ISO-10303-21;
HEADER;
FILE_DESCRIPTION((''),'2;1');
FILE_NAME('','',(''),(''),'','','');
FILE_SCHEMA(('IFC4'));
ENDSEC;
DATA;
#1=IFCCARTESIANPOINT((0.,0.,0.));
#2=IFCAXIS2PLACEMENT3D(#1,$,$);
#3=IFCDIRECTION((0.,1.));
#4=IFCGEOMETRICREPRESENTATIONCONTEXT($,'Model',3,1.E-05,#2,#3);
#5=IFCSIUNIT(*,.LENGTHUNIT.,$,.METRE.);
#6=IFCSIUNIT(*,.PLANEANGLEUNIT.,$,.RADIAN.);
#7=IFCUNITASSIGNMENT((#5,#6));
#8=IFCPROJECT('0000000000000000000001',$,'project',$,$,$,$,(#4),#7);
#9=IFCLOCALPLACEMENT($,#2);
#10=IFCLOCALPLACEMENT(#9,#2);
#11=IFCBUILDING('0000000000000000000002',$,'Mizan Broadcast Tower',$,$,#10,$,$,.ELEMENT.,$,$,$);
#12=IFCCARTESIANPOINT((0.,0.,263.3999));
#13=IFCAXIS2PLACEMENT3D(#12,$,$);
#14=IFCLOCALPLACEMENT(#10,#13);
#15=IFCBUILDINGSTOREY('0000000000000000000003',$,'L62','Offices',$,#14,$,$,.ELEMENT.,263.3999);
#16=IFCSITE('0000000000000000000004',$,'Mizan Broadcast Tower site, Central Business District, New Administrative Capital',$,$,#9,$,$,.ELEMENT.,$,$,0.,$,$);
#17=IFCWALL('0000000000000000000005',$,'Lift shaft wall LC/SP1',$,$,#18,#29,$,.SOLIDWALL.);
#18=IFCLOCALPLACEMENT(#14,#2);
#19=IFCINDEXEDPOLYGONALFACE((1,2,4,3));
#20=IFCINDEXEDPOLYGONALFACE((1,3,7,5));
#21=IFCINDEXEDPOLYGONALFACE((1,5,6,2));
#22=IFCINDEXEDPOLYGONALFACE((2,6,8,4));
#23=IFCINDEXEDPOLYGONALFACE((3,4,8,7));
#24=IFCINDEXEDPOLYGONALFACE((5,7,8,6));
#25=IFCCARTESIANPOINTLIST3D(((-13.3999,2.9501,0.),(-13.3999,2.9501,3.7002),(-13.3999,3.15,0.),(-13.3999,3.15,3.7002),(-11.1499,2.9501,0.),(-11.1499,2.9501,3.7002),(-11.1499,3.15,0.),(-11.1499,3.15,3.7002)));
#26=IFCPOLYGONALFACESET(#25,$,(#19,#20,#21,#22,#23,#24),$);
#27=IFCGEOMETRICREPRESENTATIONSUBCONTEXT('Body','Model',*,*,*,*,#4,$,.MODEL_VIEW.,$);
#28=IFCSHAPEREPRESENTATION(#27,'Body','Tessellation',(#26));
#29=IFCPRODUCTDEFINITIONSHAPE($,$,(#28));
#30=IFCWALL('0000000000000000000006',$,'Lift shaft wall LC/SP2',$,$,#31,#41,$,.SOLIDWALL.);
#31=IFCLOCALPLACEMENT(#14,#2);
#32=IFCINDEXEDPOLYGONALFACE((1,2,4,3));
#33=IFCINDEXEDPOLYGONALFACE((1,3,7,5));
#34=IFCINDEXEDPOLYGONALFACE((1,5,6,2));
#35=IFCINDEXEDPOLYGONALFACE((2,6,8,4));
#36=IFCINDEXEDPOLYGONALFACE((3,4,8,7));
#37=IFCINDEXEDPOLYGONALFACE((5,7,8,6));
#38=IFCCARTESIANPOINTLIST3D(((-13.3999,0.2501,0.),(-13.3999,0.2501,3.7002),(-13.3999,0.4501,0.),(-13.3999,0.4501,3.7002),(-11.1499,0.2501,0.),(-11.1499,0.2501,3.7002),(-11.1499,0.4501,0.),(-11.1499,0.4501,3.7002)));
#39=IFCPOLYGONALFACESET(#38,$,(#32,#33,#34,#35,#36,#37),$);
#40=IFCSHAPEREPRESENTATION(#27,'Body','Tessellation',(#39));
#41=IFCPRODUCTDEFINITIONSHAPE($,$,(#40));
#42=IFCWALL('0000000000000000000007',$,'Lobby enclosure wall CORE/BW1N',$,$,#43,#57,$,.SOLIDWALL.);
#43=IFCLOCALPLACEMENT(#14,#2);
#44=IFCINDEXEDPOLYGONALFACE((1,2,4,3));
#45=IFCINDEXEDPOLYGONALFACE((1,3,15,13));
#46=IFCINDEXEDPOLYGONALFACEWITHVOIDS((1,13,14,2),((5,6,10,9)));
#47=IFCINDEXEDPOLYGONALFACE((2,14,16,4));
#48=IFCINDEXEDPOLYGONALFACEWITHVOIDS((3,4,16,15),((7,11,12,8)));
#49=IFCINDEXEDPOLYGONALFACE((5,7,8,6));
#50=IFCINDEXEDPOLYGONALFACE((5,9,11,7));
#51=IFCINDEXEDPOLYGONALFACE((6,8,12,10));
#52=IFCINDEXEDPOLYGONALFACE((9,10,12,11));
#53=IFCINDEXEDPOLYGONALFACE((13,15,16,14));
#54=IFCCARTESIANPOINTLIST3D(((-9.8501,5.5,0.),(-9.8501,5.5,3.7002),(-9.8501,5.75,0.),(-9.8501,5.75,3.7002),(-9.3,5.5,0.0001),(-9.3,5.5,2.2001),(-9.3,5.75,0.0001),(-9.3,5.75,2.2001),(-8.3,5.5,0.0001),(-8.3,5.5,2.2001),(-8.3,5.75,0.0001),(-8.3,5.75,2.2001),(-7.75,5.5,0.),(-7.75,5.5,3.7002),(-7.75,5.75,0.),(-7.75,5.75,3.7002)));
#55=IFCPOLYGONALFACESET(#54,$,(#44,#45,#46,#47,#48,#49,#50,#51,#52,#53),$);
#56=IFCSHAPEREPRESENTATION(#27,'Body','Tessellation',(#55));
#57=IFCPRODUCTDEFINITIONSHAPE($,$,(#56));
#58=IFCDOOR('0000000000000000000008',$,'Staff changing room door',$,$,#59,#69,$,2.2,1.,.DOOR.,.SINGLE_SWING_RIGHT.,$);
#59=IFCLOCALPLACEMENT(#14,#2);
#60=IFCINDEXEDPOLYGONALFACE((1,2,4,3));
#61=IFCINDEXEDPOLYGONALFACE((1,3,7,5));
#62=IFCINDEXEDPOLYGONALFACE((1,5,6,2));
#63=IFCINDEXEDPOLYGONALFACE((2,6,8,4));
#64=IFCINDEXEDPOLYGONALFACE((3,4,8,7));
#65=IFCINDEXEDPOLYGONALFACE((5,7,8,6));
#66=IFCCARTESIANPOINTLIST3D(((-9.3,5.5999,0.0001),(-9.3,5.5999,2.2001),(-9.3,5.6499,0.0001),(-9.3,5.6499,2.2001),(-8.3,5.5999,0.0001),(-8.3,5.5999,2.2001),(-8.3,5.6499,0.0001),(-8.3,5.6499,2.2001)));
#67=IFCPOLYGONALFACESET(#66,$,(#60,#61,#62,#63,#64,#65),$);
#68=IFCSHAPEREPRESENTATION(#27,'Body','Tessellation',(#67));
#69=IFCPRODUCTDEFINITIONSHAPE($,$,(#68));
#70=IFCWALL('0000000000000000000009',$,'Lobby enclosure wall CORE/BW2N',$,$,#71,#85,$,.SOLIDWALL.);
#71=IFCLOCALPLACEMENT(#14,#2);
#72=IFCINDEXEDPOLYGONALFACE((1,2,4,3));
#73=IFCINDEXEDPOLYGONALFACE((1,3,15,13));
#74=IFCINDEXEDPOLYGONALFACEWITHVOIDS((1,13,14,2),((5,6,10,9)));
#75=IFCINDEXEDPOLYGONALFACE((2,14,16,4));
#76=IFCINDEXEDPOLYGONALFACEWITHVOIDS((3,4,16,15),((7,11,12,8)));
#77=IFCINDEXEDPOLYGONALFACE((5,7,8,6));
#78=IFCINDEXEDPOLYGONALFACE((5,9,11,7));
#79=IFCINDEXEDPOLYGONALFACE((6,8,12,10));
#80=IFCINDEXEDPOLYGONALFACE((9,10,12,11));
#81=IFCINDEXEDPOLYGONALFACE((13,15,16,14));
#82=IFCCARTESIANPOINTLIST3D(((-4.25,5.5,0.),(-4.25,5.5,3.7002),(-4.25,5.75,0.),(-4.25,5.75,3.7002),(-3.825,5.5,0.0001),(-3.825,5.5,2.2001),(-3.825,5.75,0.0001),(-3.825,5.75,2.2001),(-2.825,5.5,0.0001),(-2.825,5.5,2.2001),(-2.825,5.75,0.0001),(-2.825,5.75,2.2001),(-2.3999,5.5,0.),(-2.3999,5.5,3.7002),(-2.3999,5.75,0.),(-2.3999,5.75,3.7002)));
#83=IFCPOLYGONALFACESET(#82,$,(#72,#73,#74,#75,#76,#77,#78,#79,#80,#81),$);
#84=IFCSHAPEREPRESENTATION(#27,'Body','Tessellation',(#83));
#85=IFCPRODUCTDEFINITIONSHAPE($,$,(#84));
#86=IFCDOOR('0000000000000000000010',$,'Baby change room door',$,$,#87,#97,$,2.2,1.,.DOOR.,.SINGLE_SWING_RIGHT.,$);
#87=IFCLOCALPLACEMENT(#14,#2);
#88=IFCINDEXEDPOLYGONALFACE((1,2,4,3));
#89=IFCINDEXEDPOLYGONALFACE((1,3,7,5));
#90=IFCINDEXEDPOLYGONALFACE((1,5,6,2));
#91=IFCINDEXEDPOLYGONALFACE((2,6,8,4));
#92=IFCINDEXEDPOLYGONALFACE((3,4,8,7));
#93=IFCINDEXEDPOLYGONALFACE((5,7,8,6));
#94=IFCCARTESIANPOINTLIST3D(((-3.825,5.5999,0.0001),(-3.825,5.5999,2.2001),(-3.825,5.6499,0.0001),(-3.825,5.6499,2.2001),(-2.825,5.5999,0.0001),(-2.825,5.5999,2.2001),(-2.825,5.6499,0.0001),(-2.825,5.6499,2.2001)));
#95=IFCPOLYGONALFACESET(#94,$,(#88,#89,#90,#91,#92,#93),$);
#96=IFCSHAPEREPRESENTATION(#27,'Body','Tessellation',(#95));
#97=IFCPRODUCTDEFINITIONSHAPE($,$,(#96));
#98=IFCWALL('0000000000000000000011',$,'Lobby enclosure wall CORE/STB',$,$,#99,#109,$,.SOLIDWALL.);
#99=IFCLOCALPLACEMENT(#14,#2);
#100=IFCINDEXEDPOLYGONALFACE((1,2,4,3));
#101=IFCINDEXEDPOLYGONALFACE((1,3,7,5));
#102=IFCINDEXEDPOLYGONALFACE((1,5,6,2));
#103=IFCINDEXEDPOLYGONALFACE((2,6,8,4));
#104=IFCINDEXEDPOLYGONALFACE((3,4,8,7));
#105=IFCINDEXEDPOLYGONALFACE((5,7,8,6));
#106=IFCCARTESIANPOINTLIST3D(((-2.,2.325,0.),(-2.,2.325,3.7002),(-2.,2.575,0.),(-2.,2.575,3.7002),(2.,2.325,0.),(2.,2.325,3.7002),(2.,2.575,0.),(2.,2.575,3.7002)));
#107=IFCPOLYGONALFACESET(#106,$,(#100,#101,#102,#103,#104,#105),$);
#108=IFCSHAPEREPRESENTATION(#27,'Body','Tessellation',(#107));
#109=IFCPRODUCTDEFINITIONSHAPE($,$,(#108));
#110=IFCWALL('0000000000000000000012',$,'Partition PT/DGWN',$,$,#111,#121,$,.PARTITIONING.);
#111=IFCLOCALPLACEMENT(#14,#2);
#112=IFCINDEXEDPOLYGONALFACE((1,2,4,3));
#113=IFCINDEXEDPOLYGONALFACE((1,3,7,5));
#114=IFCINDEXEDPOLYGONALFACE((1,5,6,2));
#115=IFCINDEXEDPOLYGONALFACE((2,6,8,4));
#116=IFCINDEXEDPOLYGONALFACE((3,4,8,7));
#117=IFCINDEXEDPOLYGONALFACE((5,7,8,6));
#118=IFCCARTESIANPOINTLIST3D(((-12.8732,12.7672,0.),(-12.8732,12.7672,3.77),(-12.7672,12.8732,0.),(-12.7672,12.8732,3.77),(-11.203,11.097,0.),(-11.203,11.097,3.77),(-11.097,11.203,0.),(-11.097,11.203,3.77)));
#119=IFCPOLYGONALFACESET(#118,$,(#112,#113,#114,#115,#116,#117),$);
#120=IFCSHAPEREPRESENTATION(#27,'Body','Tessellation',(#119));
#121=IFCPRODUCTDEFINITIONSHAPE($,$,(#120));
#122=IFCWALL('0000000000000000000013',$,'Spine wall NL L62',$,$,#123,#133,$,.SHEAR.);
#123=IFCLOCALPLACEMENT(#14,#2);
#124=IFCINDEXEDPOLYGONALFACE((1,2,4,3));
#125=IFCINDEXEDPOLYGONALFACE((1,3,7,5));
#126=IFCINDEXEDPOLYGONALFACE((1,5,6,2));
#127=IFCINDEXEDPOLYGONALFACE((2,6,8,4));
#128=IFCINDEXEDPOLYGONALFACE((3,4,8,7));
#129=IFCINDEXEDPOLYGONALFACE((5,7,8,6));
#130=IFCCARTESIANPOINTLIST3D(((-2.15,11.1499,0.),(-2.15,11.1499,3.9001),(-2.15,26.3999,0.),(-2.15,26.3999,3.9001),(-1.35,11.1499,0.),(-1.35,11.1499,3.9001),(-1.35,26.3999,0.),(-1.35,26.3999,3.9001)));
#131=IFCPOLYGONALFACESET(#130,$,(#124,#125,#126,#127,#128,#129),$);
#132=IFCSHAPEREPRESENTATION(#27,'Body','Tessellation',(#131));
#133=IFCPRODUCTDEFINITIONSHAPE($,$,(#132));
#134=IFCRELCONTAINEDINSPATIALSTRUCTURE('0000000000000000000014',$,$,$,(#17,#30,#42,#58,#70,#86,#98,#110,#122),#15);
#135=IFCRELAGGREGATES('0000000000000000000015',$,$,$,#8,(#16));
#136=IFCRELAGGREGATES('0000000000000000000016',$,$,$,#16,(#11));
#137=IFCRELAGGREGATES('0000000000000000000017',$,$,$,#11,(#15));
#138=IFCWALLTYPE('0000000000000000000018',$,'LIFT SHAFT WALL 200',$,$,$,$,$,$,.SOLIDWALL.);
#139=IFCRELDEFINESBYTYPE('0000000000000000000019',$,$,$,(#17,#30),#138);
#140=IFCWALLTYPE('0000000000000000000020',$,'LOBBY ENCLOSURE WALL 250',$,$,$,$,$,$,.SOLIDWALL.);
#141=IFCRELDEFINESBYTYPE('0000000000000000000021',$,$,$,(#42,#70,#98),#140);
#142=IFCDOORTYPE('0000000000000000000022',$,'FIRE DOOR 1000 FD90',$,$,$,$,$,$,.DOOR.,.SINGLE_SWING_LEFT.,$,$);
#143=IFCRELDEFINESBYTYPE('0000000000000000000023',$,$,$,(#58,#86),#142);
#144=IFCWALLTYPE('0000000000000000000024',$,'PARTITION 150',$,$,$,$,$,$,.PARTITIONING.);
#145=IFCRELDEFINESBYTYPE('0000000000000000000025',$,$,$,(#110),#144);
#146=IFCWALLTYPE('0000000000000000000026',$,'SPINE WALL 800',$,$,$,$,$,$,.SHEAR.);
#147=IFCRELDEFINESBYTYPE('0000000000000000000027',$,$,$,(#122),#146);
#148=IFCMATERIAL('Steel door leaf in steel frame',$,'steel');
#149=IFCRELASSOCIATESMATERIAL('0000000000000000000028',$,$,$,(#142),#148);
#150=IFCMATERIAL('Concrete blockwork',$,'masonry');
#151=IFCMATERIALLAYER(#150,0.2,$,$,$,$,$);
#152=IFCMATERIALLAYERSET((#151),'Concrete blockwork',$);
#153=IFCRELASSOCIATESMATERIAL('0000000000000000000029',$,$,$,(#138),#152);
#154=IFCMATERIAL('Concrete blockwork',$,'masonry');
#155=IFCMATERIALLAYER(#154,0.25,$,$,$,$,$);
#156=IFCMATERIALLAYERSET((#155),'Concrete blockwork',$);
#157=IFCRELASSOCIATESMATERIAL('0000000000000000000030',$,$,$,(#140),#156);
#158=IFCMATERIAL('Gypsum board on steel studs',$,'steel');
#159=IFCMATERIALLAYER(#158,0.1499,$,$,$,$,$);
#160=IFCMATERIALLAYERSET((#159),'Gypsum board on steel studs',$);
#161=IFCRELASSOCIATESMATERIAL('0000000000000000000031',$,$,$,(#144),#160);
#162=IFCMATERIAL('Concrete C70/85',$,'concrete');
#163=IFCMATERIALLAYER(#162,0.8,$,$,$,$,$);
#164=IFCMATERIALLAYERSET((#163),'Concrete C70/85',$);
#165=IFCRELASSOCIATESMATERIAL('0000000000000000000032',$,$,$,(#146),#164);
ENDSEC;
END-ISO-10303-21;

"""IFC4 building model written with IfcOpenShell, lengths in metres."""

from ifc_helpers import new_model, si_unit, direction, frame, frame_2d, origin, place, context, subcontext, project, spatial, rectangle, extrude, material, layer, layer_set, type_object, element, fill, save


model = new_model("IFC4")

# Units and contexts
model_context = context("Model", 3, precision=1e-05, world=origin(), true_north=direction((0.0, 1.0)))
body_context = subcontext(model_context, "Body", "Model", "MODEL_VIEW")
ifc_project = project(units=[si_unit("LENGTHUNIT", "METRE"), si_unit("PLANEANGLEUNIT", "RADIAN")], contexts=[model_context])

# Site, building, storey
site_placement = place(None, origin())
site = spatial("IfcSite", under=ifc_project, at=site_placement, Name="Mizan Broadcast Tower site, Central Business District, New Administrative Capital", CompositionType="ELEMENT", RefElevation=0.0)
building_placement = place(site_placement, origin())
building = spatial("IfcBuilding", under=site, at=building_placement, Name="Mizan Broadcast Tower", CompositionType="ELEMENT")
storey_placement = place(building_placement, frame((0.0, 0.0, 263.3999)))
storey = spatial("IfcBuildingStorey", under=building, at=storey_placement, Name="L62", Description="Offices", CompositionType="ELEMENT", Elevation=263.3999)

# Shared definitions
ifc_material_1 = material(Name="Steel door leaf in steel frame", Category="steel")
door_type_1 = type_object("IfcDoorType", Name="FIRE DOOR 1000 FD90", OperationType="SINGLE_SWING_LEFT", PredefinedType="DOOR", material=ifc_material_1)

# Walls
ifc_material_2 = material(Name="Concrete blockwork", Category="masonry")
ifc_layer_1 = layer(ifc_material_2, 0.2)
ifc_layer_set_1 = layer_set([ifc_layer_1], Name="Concrete blockwork")
wall_type_1 = type_object("IfcWallType", Name="LIFT SHAFT WALL 200", PredefinedType="SOLIDWALL", material=ifc_layer_set_1)
for number, where, z_axis, x_axis, name in (
    (1, (-11.1499, 3.05, 0.0), (0.0, 0.0, 1.0), (-1.0, 0.0, 0.0), "Lift shaft wall LC/SP1"),
    (2, (-11.1499, 0.3501, 0.0), (0.0, 0.0, 1.0), (-1.0, 0.0, 0.0), "Lift shaft wall LC/SP2"),
):
    element("IfcWall", number, at=place(storey_placement, frame(where, z_axis=z_axis, x_axis=x_axis)), inside=storey, type_object=wall_type_1, Name=name, PredefinedType="SOLIDWALL", context=body_context, shape_type="SweptSolid", body=[
        extrude(rectangle(XDim=2.25, YDim=0.2, at=frame_2d((1.125, 0.0))), origin(), (0.0, 0.0, 1.0), 3.7002),
    ])

# Walls, openings, doors
ifc_material_3 = material(Name="Concrete blockwork", Category="masonry")
ifc_layer_2 = layer(ifc_material_3, 0.25)
ifc_layer_set_2 = layer_set([ifc_layer_2], Name="Concrete blockwork")
wall_type_2 = type_object("IfcWallType", Name="LOBBY ENCLOSURE WALL 250", PredefinedType="SOLIDWALL", material=ifc_layer_set_2)
wall_1_placement = place(storey_placement, frame((-9.8501, 5.625, 0.0), z_axis=(0.0, 0.0, 1.0), x_axis=(1.0, 0.0, 0.0)))
wall_1 = element("IfcWall", 3, at=wall_1_placement, inside=storey, type_object=wall_type_2, Name="Lobby enclosure wall CORE/BW1N", PredefinedType="SOLIDWALL", context=body_context, shape_type="SweptSolid", body=[
    extrude(rectangle(XDim=2.1001, YDim=0.25, at=frame_2d((1.05, 0.0))), origin(), (0.0, 0.0, 1.0), 3.7002),
])
opening_1_placement = place(wall_1_placement, frame((0.55, 0.0, 0.0)))
opening_1 = element("IfcOpeningElement", 4, at=opening_1_placement, cuts=wall_1, PredefinedType="OPENING", context=body_context, shape_type="SweptSolid", body=[
    extrude(rectangle(XDim=1.0, YDim=2.2, at=frame_2d((0.5, 1.1001))), frame((0.0, 0.135, 0.0), z_axis=(0.0, -1.0, 0.0), x_axis=(1.0, 0.0, 0.0)), (0.0, 0.0, 1.0), 0.27),
])
door_1_placement = place(opening_1_placement, origin())
door_1 = element("IfcDoor", 5, at=door_1_placement, inside=storey, type_object=door_type_1, Name="Staff changing room door", OperationType="SINGLE_SWING_RIGHT", OverallHeight=2.2, OverallWidth=1.0, PredefinedType="DOOR", context=body_context, shape_type="SweptSolid", body=[
    extrude(rectangle(XDim=1.0, YDim=2.2, at=frame_2d((0.5, 1.1001))), frame((0.0, 0.0249, 0.0), z_axis=(0.0, -1.0, 0.0), x_axis=(1.0, 0.0, 0.0)), (0.0, 0.0, 1.0), 0.05),
])
fill(opening_1, door_1)
wall_2_placement = place(storey_placement, frame((-4.25, 5.625, 0.0), z_axis=(0.0, 0.0, 1.0), x_axis=(1.0, 0.0, 0.0)))
wall_2 = element("IfcWall", 6, at=wall_2_placement, inside=storey, type_object=wall_type_2, Name="Lobby enclosure wall CORE/BW2N", PredefinedType="SOLIDWALL", context=body_context, shape_type="SweptSolid", body=[
    extrude(rectangle(XDim=1.8501, YDim=0.25, at=frame_2d((0.925, 0.0))), origin(), (0.0, 0.0, 1.0), 3.7002),
])
opening_2_placement = place(wall_2_placement, frame((0.425, 0.0, 0.0)))
opening_2 = element("IfcOpeningElement", 7, at=opening_2_placement, cuts=wall_2, PredefinedType="OPENING", context=body_context, shape_type="SweptSolid", body=[
    extrude(rectangle(XDim=1.0, YDim=2.2, at=frame_2d((0.5, 1.1001))), frame((0.0, 0.135, 0.0), z_axis=(0.0, -1.0, 0.0), x_axis=(1.0, 0.0, 0.0)), (0.0, 0.0, 1.0), 0.27),
])
door_2_placement = place(opening_2_placement, origin())
door_2 = element("IfcDoor", 8, at=door_2_placement, inside=storey, type_object=door_type_1, Name="Baby change room door", OperationType="SINGLE_SWING_RIGHT", OverallHeight=2.2, OverallWidth=1.0, PredefinedType="DOOR", context=body_context, shape_type="SweptSolid", body=[
    extrude(rectangle(XDim=1.0, YDim=2.2, at=frame_2d((0.5, 1.1001))), frame((0.0, 0.0249, 0.0), z_axis=(0.0, -1.0, 0.0), x_axis=(1.0, 0.0, 0.0)), (0.0, 0.0, 1.0), 0.05),
])
fill(opening_2, door_2)

# Walls
wall_3_placement = place(storey_placement, frame((-2.0, 2.45, 0.0), z_axis=(0.0, 0.0, 1.0), x_axis=(1.0, 0.0, 0.0)))
element("IfcWall", 9, at=wall_3_placement, inside=storey, type_object=wall_type_2, Name="Lobby enclosure wall CORE/STB", PredefinedType="SOLIDWALL", context=body_context, shape_type="SweptSolid", body=[
    extrude(rectangle(XDim=4.0, YDim=0.25, at=frame_2d((2.0, 0.0))), origin(), (0.0, 0.0, 1.0), 3.7002),
])
ifc_material_4 = material(Name="Gypsum board on steel studs", Category="steel")
ifc_layer_3 = layer(ifc_material_4, 0.1499)
ifc_layer_set_3 = layer_set([ifc_layer_3], Name="Gypsum board on steel studs")
wall_type_3 = type_object("IfcWallType", Name="PARTITION 150", PredefinedType="PARTITIONING", material=ifc_layer_set_3)
wall_4_placement = place(storey_placement, frame((-11.1499, 11.1499, 0.0), z_axis=(0.0, 0.0, 1.0), x_axis=(-0.707107, 0.707107, 0.0)))
element("IfcWall", 10, at=wall_4_placement, inside=storey, type_object=wall_type_3, Name="Partition PT/DGWN", PredefinedType="PARTITIONING", context=body_context, shape_type="SweptSolid", body=[
    extrude(rectangle(XDim=2.3621, YDim=0.1499, at=frame_2d((1.1812, 0.0))), origin(), (0.0, 0.0, 1.0), 3.77),
])
ifc_material_5 = material(Name="Concrete C70/85", Category="concrete")
ifc_layer_4 = layer(ifc_material_5, 0.8)
ifc_layer_set_4 = layer_set([ifc_layer_4], Name="Concrete C70/85")
wall_type_4 = type_object("IfcWallType", Name="SPINE WALL 800", PredefinedType="SHEAR", material=ifc_layer_set_4)
wall_5_placement = place(storey_placement, frame((-1.75, 11.1499, 0.0), z_axis=(0.0, 0.0, 1.0), x_axis=(0.0, 1.0, 0.0)))
element("IfcWall", 11, at=wall_5_placement, inside=storey, type_object=wall_type_4, Name="Spine wall NL L62", PredefinedType="SHEAR", context=body_context, shape_type="SweptSolid", body=[
    extrude(rectangle(XDim=15.25, YDim=0.8, at=frame_2d((7.625, 0.0))), origin(), (0.0, 0.0, 1.0), 3.9001),
])

save(model, "model.ifc")
